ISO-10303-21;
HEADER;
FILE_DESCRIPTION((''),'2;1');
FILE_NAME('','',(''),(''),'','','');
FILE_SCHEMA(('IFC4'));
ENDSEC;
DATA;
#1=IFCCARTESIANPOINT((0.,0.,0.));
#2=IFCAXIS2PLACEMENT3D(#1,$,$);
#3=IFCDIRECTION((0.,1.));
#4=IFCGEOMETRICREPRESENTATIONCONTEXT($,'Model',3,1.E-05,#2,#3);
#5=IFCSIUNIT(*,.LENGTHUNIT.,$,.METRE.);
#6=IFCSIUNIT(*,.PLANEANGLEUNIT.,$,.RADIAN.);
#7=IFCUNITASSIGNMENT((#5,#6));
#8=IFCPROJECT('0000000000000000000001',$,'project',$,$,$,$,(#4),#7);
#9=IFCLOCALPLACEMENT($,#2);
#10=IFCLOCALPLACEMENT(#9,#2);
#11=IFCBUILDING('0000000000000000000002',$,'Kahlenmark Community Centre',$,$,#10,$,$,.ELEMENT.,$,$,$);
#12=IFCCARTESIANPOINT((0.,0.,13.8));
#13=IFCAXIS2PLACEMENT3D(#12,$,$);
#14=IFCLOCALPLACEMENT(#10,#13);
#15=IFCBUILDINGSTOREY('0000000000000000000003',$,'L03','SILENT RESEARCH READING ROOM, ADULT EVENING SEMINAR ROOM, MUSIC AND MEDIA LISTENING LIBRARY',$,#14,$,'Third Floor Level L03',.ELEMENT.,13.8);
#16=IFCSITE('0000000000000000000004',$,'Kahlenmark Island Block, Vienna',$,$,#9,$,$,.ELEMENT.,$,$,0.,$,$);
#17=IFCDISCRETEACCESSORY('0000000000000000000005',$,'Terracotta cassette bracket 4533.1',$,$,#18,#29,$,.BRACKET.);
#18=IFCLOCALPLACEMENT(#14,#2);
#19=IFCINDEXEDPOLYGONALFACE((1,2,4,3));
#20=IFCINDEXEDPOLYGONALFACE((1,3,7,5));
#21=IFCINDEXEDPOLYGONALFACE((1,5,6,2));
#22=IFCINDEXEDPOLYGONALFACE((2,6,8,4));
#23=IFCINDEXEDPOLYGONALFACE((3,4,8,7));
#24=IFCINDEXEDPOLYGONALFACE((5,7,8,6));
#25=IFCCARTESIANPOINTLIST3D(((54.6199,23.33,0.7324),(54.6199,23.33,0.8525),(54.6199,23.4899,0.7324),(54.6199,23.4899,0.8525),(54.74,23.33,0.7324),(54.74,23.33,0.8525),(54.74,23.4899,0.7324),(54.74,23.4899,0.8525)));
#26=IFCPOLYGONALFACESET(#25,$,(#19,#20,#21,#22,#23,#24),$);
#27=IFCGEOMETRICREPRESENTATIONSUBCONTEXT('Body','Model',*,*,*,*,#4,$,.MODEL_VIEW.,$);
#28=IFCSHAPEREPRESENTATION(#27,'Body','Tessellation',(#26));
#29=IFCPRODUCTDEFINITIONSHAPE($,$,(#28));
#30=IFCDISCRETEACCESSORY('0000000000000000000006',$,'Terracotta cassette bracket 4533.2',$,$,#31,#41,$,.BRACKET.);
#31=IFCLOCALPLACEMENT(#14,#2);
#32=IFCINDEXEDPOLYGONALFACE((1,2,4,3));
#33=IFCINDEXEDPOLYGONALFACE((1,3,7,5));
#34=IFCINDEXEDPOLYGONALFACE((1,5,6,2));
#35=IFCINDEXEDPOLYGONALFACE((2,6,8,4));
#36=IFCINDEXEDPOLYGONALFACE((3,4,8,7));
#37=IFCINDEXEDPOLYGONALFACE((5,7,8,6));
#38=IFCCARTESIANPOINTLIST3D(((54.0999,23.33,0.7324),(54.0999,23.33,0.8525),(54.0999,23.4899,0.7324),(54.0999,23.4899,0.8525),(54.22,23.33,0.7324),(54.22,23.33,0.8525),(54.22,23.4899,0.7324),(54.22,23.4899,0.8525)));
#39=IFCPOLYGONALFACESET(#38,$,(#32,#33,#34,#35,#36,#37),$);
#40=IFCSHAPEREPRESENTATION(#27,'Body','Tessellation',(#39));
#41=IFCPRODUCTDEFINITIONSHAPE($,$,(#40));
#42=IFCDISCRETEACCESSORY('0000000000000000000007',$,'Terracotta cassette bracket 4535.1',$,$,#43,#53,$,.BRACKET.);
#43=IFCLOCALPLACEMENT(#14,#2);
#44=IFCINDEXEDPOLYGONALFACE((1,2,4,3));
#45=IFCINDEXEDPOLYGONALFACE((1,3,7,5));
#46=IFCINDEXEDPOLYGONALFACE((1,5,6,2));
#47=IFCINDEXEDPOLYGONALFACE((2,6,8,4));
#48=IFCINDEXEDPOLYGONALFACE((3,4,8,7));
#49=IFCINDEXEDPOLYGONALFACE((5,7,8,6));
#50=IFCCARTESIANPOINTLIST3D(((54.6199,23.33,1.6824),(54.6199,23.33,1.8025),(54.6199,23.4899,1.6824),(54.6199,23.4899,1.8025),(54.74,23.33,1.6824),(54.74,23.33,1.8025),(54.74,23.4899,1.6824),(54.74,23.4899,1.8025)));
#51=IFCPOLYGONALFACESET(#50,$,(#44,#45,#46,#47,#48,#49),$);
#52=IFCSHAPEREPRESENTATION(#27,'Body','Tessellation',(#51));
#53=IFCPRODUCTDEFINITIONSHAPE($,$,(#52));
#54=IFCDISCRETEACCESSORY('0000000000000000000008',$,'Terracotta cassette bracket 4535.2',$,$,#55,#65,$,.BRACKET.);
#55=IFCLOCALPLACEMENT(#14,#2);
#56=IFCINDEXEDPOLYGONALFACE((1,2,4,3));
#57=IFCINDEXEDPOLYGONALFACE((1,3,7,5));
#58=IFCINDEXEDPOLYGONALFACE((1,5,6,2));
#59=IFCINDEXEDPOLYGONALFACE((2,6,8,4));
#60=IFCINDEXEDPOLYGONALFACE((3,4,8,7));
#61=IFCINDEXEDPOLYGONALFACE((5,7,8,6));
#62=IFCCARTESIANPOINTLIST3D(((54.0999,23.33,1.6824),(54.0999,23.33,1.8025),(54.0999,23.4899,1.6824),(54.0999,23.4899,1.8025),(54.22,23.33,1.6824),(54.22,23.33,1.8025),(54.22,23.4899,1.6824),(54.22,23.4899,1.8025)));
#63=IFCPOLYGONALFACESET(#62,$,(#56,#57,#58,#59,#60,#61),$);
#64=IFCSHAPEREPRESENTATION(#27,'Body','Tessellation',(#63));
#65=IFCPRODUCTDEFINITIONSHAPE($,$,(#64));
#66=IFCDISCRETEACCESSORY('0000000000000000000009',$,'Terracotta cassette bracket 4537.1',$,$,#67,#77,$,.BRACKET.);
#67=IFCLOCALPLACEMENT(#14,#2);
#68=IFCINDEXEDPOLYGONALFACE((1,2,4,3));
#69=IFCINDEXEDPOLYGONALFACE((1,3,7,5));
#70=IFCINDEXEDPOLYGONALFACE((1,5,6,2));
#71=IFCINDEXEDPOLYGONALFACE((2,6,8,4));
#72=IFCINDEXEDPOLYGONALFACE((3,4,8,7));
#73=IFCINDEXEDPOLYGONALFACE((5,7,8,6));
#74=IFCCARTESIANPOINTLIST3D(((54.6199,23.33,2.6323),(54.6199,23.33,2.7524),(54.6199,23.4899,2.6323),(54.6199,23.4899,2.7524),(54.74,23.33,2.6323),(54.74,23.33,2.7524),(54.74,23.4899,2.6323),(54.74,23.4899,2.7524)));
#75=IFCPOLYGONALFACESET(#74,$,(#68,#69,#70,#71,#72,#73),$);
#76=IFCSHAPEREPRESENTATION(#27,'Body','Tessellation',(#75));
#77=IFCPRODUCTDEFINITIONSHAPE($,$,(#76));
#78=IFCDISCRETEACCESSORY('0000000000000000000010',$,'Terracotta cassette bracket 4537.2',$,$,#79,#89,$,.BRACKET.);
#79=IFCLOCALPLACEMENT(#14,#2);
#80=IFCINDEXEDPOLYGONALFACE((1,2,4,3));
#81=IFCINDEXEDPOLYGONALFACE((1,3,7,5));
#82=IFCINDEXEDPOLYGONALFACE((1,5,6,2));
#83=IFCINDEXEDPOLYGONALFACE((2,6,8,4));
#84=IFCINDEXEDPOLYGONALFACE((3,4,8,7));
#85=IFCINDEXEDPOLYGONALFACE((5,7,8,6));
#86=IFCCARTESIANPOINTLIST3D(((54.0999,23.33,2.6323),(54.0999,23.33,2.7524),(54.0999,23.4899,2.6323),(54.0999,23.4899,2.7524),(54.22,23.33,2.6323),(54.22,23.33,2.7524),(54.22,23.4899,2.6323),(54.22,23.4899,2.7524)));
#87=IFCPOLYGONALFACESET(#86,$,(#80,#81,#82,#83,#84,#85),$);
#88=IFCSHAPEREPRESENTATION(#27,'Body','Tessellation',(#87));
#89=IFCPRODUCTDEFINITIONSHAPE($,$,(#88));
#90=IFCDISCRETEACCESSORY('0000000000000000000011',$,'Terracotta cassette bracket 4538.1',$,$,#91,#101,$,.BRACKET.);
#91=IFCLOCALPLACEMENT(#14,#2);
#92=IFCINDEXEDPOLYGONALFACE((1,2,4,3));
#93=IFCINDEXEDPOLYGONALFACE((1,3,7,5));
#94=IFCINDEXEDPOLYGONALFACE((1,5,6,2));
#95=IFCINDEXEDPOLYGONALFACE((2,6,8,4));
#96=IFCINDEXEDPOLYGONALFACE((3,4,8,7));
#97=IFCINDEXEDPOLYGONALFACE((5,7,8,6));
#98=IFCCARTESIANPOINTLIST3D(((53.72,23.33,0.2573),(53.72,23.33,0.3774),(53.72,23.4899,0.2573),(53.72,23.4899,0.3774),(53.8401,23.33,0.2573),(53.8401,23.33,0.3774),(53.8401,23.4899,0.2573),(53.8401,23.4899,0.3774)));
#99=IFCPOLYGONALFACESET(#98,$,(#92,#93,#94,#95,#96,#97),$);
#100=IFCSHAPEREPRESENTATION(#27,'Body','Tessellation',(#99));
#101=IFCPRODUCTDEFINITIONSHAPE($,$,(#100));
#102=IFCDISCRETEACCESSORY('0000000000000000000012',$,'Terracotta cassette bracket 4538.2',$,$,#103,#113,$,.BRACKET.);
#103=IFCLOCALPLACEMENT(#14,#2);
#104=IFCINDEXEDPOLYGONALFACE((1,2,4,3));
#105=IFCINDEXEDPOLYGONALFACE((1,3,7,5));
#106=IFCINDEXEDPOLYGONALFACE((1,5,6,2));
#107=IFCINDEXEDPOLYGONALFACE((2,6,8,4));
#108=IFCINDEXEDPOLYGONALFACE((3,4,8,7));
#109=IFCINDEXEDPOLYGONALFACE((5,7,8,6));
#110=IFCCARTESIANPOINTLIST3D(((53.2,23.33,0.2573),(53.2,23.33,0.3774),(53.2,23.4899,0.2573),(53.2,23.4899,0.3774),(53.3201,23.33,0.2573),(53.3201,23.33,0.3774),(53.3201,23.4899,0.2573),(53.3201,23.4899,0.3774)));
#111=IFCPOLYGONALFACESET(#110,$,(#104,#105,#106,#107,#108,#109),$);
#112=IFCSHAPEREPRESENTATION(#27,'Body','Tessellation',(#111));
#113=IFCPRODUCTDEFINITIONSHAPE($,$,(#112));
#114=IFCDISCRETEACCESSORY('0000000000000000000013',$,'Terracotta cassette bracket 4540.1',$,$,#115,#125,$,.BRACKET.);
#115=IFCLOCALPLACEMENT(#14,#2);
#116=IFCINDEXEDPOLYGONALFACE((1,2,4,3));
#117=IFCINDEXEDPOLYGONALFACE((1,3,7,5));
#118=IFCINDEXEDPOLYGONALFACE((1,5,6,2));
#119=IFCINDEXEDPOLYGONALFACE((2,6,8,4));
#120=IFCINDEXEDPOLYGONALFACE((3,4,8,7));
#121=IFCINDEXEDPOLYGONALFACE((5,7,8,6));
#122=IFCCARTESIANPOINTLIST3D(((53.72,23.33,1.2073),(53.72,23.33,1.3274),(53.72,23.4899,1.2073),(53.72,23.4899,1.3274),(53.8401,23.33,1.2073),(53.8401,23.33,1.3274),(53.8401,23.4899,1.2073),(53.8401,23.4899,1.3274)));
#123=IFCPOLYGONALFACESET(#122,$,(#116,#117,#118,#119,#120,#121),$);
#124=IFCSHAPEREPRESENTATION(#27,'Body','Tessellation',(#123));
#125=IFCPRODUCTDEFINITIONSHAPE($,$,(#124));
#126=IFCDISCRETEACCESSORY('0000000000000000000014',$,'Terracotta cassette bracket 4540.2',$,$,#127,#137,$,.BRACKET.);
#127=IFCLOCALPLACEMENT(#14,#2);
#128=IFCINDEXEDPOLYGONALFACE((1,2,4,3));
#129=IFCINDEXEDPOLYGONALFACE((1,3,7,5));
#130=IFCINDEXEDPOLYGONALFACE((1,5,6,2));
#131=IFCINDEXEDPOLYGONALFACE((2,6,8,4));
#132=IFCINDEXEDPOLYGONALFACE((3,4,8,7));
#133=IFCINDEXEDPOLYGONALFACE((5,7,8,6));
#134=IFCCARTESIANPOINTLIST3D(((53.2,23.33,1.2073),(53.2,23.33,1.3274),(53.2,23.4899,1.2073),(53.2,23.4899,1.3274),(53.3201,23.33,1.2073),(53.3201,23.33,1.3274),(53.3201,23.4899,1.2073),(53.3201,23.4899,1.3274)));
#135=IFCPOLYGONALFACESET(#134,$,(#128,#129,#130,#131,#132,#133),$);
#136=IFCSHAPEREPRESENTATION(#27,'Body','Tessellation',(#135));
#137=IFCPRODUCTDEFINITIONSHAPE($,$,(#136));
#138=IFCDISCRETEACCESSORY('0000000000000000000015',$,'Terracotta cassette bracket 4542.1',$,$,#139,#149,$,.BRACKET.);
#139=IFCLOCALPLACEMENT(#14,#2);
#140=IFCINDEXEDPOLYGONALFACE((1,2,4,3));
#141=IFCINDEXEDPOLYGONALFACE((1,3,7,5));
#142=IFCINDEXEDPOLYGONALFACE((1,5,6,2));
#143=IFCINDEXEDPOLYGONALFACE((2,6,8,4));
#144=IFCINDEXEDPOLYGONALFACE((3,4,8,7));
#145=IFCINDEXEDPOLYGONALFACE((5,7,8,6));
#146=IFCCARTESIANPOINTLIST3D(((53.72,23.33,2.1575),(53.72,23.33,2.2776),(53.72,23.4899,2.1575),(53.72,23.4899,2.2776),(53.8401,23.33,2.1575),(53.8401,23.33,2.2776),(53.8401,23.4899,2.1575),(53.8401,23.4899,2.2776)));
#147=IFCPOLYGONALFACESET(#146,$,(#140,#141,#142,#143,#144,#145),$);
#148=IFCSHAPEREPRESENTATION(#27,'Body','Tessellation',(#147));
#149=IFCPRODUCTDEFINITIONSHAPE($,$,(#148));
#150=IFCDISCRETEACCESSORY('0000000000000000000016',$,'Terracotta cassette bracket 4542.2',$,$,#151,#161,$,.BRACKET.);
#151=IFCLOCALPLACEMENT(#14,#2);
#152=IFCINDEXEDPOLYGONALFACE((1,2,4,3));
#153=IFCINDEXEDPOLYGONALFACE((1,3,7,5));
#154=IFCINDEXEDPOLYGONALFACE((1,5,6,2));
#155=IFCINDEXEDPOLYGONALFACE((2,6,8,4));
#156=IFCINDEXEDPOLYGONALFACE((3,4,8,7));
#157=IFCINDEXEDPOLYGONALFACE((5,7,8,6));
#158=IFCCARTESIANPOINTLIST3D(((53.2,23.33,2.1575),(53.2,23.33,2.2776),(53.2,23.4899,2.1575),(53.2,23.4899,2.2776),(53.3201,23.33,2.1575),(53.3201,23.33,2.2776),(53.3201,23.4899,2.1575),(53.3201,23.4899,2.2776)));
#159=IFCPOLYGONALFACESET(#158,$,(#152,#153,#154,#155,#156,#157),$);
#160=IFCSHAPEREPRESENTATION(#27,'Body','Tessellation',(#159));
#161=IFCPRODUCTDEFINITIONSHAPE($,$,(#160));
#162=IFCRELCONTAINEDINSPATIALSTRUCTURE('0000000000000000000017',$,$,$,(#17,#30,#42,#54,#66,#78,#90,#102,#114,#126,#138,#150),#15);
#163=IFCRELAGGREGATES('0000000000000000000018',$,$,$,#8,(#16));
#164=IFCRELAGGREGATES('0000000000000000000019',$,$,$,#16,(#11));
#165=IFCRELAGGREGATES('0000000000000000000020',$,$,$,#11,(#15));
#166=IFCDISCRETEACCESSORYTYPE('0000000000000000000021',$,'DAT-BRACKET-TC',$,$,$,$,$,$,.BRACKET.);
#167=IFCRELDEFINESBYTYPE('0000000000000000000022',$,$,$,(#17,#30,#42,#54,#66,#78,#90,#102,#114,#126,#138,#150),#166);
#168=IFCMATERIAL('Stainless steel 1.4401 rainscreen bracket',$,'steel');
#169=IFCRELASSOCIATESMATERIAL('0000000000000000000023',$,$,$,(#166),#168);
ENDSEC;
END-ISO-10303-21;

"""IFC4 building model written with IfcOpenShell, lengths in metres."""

from ifc_helpers import new_model, si_unit, direction, frame, origin, origin_2d, place, context, subcontext, project, spatial, rectangle, extrude, material, type_object, element, save


model = new_model("IFC4")

# Units and contexts
model_context = context("Model", 3, precision=1e-05, world=origin(), true_north=direction((0.0, 1.0)))
body_context = subcontext(model_context, "Body", "Model", "MODEL_VIEW")
ifc_project = project(units=[si_unit("LENGTHUNIT", "METRE"), si_unit("PLANEANGLEUNIT", "RADIAN")], contexts=[model_context])

# Site, building, storey
site_placement = place(None, origin())
site = spatial("IfcSite", under=ifc_project, at=site_placement, Name="Kahlenmark Island Block, Vienna", CompositionType="ELEMENT", RefElevation=0.0)
building_placement = place(site_placement, origin())
building = spatial("IfcBuilding", under=site, at=building_placement, Name="Kahlenmark Community Centre", CompositionType="ELEMENT")
storey_placement = place(building_placement, frame((0.0, 0.0, 13.8)))
storey = spatial("IfcBuildingStorey", under=building, at=storey_placement, Name="L03", Description="SILENT RESEARCH READING ROOM, ADULT EVENING SEMINAR ROOM, MUSIC AND MEDIA LISTENING LIBRARY", LongName="Third Floor Level L03", CompositionType="ELEMENT", Elevation=13.8)

# Discrete accessories
ifc_material_1 = material(Name="Stainless steel 1.4401 rainscreen bracket", Category="steel")
discrete_accessory_type = type_object("IfcDiscreteAccessoryType", Name="DAT-BRACKET-TC", PredefinedType="BRACKET", material=ifc_material_1)
for number, where, z_axis, x_axis, name in (
    (1, (54.6799, 23.4099, 0.7324), (0.0, 0.0, 1.0), (-1.0, 0.0, 0.0), "Terracotta cassette bracket 4533.1"),
    (2, (54.1599, 23.4099, 0.7324), (0.0, 0.0, 1.0), (-1.0, 0.0, 0.0), "Terracotta cassette bracket 4533.2"),
    (3, (54.6799, 23.4099, 1.6824), (0.0, 0.0, 1.0), (-1.0, 0.0, 0.0), "Terracotta cassette bracket 4535.1"),
    (4, (54.1599, 23.4099, 1.6824), (0.0, 0.0, 1.0), (-1.0, 0.0, 0.0), "Terracotta cassette bracket 4535.2"),
    (5, (54.6799, 23.4099, 2.6323), (0.0, 0.0, 1.0), (-1.0, 0.0, 0.0), "Terracotta cassette bracket 4537.1"),
    (6, (54.1599, 23.4099, 2.6323), (0.0, 0.0, 1.0), (-1.0, 0.0, 0.0), "Terracotta cassette bracket 4537.2"),
    (7, (53.78, 23.4099, 0.2573), (0.0, 0.0, 1.0), (-1.0, 0.0, 0.0), "Terracotta cassette bracket 4538.1"),
    (8, (53.26, 23.4099, 0.2573), (0.0, 0.0, 1.0), (-1.0, 0.0, 0.0), "Terracotta cassette bracket 4538.2"),
    (9, (53.78, 23.4099, 1.2073), (0.0, 0.0, 1.0), (-1.0, 0.0, 0.0), "Terracotta cassette bracket 4540.1"),
    (10, (53.26, 23.4099, 1.2073), (0.0, 0.0, 1.0), (-1.0, 0.0, 0.0), "Terracotta cassette bracket 4540.2"),
    (11, (53.78, 23.4099, 2.1575), (0.0, 0.0, 1.0), (-1.0, 0.0, 0.0), "Terracotta cassette bracket 4542.1"),
    (12, (53.26, 23.4099, 2.1575), (0.0, 0.0, 1.0), (-1.0, 0.0, 0.0), "Terracotta cassette bracket 4542.2"),
):
    element("IfcDiscreteAccessory", number, at=place(storey_placement, frame(where, z_axis=z_axis, x_axis=x_axis)), inside=storey, type_object=discrete_accessory_type, Name=name, PredefinedType="BRACKET", context=body_context, shape_type="SweptSolid", body=[
        extrude(rectangle(XDim=0.1201, YDim=0.1599, at=origin_2d()), origin(), (0.0, 0.0, 1.0), 0.1201),
    ])

save(model, "model.ifc")
